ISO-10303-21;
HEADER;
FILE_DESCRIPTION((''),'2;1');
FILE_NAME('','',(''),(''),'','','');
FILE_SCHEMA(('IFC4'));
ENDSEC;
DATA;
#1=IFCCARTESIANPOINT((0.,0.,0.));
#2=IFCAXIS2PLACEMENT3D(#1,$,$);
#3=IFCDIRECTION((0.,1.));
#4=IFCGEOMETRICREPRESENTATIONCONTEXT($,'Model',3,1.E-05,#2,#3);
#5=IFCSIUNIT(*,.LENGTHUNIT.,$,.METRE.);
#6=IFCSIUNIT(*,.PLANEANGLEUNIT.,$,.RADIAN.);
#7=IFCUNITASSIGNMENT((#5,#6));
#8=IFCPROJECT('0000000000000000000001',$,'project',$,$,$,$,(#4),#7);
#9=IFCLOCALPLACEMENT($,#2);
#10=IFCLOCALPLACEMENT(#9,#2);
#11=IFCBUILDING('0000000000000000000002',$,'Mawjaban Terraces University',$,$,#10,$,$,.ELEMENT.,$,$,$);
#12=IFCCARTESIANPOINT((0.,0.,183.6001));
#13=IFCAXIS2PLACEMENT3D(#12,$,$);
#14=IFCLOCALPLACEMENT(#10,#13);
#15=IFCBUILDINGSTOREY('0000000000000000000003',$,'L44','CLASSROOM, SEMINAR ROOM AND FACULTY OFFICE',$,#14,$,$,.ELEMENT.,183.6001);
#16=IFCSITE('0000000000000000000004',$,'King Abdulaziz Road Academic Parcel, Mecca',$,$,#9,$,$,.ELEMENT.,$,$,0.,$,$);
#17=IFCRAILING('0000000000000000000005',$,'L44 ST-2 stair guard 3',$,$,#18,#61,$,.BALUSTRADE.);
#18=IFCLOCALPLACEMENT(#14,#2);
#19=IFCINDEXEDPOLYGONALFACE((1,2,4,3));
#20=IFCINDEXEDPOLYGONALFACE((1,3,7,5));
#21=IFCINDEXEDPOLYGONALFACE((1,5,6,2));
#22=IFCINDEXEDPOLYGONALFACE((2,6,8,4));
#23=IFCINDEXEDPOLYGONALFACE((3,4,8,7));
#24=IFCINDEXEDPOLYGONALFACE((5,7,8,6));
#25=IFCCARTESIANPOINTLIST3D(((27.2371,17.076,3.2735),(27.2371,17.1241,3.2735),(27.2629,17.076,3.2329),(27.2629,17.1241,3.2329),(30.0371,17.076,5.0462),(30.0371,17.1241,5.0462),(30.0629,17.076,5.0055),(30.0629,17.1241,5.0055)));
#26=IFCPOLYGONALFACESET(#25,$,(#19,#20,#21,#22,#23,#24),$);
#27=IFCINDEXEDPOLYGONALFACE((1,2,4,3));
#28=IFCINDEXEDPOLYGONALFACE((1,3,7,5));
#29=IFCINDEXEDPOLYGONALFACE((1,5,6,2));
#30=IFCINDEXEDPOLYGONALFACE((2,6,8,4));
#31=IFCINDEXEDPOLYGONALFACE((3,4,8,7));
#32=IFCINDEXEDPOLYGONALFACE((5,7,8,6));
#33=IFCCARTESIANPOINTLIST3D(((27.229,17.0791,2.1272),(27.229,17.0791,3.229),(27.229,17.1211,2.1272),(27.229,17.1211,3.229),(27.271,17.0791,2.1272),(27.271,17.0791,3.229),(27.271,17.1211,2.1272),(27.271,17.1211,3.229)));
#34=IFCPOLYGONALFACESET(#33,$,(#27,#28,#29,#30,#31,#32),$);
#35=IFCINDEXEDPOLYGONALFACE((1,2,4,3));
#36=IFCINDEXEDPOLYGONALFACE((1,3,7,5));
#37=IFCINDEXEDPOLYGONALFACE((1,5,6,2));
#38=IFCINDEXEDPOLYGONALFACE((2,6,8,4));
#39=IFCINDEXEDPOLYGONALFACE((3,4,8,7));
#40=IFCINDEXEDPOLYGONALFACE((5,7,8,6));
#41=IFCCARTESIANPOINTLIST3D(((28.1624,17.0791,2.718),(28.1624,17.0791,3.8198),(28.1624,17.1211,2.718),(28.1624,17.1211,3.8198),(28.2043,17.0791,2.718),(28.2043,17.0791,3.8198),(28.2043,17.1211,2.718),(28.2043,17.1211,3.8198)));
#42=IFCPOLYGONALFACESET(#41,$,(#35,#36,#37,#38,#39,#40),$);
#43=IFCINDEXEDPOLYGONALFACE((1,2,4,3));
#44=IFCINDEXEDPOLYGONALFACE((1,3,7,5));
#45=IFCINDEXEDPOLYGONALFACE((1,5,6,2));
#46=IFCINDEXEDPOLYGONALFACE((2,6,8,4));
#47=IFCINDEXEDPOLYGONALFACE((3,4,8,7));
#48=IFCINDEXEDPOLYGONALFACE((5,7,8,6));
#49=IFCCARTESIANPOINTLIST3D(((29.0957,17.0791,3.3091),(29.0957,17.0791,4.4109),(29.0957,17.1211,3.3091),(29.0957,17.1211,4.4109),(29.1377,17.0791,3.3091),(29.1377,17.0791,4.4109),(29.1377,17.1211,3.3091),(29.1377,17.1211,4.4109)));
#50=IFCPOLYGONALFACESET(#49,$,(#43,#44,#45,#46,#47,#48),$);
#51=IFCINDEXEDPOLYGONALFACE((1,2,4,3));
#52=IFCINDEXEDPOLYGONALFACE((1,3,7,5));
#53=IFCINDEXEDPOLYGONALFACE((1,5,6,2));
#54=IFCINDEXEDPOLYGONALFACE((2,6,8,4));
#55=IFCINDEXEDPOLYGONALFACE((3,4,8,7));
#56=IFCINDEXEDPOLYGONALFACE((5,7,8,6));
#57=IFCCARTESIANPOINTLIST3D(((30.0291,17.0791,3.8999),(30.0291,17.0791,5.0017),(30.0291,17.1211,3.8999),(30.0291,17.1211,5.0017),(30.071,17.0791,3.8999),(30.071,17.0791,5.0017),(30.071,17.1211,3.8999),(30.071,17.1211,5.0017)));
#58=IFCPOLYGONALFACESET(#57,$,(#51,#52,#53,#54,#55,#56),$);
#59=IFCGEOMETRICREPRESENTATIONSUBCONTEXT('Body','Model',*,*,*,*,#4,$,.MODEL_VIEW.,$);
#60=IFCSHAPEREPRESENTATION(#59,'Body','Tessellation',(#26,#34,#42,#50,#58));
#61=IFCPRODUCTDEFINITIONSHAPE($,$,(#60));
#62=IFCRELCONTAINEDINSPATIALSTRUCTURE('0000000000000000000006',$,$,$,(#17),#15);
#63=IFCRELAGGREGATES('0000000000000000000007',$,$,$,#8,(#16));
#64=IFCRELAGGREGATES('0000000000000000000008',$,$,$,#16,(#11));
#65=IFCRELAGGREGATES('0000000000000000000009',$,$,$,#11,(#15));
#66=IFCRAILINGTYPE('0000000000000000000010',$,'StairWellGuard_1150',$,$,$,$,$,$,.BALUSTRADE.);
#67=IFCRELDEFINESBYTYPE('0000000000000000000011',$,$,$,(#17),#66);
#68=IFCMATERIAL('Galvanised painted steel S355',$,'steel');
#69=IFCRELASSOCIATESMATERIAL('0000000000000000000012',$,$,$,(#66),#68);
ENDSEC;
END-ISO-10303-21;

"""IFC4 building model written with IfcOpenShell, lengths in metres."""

from ifc_helpers import new_model, si_unit, direction, frame, origin, origin_2d, place, context, subcontext, project, spatial, rectangle, extrude, material, type_object, element, save


model = new_model("IFC4")

# Units and contexts
model_context = context("Model", 3, precision=1e-05, world=origin(), true_north=direction((0.0, 1.0)))
body_context = subcontext(model_context, "Body", "Model", "MODEL_VIEW")
ifc_project = project(units=[si_unit("LENGTHUNIT", "METRE"), si_unit("PLANEANGLEUNIT", "RADIAN")], contexts=[model_context])

# Site, building, storey
site_placement = place(None, origin())
site = spatial("IfcSite", under=ifc_project, at=site_placement, Name="King Abdulaziz Road Academic Parcel, Mecca", CompositionType="ELEMENT", RefElevation=0.0)
building_placement = place(site_placement, origin())
building = spatial("IfcBuilding", under=site, at=building_placement, Name="Mawjaban Terraces University", CompositionType="ELEMENT")
storey_placement = place(building_placement, frame((0.0, 0.0, 183.6001)))
storey = spatial("IfcBuildingStorey", under=building, at=storey_placement, Name="L44", Description="CLASSROOM, SEMINAR ROOM AND FACULTY OFFICE", CompositionType="ELEMENT", Elevation=183.6001)

# Railing
ifc_material_1 = material(Name="Galvanised painted steel S355", Category="steel")
railing_type_1 = type_object("IfcRailingType", Name="StairWellGuard_1150", PredefinedType="BALUSTRADE", material=ifc_material_1)
railing_1_placement = place(storey_placement, frame((27.25, 17.1001, 2.1272)))
element("IfcRailing", 1, at=railing_1_placement, inside=storey, type_object=railing_type_1, Name="L44 ST-2 stair guard 3", PredefinedType="BALUSTRADE", context=body_context, shape_type="SweptSolid", body=[
    extrude(rectangle(XDim=0.0481, YDim=0.0481, at=origin_2d()), frame((0.0, 0.0, 1.126), z_axis=(0.844909, 0.0, 0.53491), x_axis=(0.0, 1.0, 0.0)), (0.0, 0.0, 1.0), 3.314),
    extrude(rectangle(XDim=0.042, YDim=0.042, at=origin_2d()), origin(), (0.0, 0.0, 1.0), 1.1018),
    extrude(rectangle(XDim=0.042, YDim=0.042, at=origin_2d()), frame((0.9333, 0.0, 0.5908)), (0.0, 0.0, 1.0), 1.1018),
    extrude(rectangle(XDim=0.042, YDim=0.042, at=origin_2d()), frame((1.8667, 0.0, 1.1819)), (0.0, 0.0, 1.0), 1.1018),
    extrude(rectangle(XDim=0.042, YDim=0.042, at=origin_2d()), frame((2.8, 0.0, 1.7727)), (0.0, 0.0, 1.0), 1.1018),
])

save(model, "model.ifc")
